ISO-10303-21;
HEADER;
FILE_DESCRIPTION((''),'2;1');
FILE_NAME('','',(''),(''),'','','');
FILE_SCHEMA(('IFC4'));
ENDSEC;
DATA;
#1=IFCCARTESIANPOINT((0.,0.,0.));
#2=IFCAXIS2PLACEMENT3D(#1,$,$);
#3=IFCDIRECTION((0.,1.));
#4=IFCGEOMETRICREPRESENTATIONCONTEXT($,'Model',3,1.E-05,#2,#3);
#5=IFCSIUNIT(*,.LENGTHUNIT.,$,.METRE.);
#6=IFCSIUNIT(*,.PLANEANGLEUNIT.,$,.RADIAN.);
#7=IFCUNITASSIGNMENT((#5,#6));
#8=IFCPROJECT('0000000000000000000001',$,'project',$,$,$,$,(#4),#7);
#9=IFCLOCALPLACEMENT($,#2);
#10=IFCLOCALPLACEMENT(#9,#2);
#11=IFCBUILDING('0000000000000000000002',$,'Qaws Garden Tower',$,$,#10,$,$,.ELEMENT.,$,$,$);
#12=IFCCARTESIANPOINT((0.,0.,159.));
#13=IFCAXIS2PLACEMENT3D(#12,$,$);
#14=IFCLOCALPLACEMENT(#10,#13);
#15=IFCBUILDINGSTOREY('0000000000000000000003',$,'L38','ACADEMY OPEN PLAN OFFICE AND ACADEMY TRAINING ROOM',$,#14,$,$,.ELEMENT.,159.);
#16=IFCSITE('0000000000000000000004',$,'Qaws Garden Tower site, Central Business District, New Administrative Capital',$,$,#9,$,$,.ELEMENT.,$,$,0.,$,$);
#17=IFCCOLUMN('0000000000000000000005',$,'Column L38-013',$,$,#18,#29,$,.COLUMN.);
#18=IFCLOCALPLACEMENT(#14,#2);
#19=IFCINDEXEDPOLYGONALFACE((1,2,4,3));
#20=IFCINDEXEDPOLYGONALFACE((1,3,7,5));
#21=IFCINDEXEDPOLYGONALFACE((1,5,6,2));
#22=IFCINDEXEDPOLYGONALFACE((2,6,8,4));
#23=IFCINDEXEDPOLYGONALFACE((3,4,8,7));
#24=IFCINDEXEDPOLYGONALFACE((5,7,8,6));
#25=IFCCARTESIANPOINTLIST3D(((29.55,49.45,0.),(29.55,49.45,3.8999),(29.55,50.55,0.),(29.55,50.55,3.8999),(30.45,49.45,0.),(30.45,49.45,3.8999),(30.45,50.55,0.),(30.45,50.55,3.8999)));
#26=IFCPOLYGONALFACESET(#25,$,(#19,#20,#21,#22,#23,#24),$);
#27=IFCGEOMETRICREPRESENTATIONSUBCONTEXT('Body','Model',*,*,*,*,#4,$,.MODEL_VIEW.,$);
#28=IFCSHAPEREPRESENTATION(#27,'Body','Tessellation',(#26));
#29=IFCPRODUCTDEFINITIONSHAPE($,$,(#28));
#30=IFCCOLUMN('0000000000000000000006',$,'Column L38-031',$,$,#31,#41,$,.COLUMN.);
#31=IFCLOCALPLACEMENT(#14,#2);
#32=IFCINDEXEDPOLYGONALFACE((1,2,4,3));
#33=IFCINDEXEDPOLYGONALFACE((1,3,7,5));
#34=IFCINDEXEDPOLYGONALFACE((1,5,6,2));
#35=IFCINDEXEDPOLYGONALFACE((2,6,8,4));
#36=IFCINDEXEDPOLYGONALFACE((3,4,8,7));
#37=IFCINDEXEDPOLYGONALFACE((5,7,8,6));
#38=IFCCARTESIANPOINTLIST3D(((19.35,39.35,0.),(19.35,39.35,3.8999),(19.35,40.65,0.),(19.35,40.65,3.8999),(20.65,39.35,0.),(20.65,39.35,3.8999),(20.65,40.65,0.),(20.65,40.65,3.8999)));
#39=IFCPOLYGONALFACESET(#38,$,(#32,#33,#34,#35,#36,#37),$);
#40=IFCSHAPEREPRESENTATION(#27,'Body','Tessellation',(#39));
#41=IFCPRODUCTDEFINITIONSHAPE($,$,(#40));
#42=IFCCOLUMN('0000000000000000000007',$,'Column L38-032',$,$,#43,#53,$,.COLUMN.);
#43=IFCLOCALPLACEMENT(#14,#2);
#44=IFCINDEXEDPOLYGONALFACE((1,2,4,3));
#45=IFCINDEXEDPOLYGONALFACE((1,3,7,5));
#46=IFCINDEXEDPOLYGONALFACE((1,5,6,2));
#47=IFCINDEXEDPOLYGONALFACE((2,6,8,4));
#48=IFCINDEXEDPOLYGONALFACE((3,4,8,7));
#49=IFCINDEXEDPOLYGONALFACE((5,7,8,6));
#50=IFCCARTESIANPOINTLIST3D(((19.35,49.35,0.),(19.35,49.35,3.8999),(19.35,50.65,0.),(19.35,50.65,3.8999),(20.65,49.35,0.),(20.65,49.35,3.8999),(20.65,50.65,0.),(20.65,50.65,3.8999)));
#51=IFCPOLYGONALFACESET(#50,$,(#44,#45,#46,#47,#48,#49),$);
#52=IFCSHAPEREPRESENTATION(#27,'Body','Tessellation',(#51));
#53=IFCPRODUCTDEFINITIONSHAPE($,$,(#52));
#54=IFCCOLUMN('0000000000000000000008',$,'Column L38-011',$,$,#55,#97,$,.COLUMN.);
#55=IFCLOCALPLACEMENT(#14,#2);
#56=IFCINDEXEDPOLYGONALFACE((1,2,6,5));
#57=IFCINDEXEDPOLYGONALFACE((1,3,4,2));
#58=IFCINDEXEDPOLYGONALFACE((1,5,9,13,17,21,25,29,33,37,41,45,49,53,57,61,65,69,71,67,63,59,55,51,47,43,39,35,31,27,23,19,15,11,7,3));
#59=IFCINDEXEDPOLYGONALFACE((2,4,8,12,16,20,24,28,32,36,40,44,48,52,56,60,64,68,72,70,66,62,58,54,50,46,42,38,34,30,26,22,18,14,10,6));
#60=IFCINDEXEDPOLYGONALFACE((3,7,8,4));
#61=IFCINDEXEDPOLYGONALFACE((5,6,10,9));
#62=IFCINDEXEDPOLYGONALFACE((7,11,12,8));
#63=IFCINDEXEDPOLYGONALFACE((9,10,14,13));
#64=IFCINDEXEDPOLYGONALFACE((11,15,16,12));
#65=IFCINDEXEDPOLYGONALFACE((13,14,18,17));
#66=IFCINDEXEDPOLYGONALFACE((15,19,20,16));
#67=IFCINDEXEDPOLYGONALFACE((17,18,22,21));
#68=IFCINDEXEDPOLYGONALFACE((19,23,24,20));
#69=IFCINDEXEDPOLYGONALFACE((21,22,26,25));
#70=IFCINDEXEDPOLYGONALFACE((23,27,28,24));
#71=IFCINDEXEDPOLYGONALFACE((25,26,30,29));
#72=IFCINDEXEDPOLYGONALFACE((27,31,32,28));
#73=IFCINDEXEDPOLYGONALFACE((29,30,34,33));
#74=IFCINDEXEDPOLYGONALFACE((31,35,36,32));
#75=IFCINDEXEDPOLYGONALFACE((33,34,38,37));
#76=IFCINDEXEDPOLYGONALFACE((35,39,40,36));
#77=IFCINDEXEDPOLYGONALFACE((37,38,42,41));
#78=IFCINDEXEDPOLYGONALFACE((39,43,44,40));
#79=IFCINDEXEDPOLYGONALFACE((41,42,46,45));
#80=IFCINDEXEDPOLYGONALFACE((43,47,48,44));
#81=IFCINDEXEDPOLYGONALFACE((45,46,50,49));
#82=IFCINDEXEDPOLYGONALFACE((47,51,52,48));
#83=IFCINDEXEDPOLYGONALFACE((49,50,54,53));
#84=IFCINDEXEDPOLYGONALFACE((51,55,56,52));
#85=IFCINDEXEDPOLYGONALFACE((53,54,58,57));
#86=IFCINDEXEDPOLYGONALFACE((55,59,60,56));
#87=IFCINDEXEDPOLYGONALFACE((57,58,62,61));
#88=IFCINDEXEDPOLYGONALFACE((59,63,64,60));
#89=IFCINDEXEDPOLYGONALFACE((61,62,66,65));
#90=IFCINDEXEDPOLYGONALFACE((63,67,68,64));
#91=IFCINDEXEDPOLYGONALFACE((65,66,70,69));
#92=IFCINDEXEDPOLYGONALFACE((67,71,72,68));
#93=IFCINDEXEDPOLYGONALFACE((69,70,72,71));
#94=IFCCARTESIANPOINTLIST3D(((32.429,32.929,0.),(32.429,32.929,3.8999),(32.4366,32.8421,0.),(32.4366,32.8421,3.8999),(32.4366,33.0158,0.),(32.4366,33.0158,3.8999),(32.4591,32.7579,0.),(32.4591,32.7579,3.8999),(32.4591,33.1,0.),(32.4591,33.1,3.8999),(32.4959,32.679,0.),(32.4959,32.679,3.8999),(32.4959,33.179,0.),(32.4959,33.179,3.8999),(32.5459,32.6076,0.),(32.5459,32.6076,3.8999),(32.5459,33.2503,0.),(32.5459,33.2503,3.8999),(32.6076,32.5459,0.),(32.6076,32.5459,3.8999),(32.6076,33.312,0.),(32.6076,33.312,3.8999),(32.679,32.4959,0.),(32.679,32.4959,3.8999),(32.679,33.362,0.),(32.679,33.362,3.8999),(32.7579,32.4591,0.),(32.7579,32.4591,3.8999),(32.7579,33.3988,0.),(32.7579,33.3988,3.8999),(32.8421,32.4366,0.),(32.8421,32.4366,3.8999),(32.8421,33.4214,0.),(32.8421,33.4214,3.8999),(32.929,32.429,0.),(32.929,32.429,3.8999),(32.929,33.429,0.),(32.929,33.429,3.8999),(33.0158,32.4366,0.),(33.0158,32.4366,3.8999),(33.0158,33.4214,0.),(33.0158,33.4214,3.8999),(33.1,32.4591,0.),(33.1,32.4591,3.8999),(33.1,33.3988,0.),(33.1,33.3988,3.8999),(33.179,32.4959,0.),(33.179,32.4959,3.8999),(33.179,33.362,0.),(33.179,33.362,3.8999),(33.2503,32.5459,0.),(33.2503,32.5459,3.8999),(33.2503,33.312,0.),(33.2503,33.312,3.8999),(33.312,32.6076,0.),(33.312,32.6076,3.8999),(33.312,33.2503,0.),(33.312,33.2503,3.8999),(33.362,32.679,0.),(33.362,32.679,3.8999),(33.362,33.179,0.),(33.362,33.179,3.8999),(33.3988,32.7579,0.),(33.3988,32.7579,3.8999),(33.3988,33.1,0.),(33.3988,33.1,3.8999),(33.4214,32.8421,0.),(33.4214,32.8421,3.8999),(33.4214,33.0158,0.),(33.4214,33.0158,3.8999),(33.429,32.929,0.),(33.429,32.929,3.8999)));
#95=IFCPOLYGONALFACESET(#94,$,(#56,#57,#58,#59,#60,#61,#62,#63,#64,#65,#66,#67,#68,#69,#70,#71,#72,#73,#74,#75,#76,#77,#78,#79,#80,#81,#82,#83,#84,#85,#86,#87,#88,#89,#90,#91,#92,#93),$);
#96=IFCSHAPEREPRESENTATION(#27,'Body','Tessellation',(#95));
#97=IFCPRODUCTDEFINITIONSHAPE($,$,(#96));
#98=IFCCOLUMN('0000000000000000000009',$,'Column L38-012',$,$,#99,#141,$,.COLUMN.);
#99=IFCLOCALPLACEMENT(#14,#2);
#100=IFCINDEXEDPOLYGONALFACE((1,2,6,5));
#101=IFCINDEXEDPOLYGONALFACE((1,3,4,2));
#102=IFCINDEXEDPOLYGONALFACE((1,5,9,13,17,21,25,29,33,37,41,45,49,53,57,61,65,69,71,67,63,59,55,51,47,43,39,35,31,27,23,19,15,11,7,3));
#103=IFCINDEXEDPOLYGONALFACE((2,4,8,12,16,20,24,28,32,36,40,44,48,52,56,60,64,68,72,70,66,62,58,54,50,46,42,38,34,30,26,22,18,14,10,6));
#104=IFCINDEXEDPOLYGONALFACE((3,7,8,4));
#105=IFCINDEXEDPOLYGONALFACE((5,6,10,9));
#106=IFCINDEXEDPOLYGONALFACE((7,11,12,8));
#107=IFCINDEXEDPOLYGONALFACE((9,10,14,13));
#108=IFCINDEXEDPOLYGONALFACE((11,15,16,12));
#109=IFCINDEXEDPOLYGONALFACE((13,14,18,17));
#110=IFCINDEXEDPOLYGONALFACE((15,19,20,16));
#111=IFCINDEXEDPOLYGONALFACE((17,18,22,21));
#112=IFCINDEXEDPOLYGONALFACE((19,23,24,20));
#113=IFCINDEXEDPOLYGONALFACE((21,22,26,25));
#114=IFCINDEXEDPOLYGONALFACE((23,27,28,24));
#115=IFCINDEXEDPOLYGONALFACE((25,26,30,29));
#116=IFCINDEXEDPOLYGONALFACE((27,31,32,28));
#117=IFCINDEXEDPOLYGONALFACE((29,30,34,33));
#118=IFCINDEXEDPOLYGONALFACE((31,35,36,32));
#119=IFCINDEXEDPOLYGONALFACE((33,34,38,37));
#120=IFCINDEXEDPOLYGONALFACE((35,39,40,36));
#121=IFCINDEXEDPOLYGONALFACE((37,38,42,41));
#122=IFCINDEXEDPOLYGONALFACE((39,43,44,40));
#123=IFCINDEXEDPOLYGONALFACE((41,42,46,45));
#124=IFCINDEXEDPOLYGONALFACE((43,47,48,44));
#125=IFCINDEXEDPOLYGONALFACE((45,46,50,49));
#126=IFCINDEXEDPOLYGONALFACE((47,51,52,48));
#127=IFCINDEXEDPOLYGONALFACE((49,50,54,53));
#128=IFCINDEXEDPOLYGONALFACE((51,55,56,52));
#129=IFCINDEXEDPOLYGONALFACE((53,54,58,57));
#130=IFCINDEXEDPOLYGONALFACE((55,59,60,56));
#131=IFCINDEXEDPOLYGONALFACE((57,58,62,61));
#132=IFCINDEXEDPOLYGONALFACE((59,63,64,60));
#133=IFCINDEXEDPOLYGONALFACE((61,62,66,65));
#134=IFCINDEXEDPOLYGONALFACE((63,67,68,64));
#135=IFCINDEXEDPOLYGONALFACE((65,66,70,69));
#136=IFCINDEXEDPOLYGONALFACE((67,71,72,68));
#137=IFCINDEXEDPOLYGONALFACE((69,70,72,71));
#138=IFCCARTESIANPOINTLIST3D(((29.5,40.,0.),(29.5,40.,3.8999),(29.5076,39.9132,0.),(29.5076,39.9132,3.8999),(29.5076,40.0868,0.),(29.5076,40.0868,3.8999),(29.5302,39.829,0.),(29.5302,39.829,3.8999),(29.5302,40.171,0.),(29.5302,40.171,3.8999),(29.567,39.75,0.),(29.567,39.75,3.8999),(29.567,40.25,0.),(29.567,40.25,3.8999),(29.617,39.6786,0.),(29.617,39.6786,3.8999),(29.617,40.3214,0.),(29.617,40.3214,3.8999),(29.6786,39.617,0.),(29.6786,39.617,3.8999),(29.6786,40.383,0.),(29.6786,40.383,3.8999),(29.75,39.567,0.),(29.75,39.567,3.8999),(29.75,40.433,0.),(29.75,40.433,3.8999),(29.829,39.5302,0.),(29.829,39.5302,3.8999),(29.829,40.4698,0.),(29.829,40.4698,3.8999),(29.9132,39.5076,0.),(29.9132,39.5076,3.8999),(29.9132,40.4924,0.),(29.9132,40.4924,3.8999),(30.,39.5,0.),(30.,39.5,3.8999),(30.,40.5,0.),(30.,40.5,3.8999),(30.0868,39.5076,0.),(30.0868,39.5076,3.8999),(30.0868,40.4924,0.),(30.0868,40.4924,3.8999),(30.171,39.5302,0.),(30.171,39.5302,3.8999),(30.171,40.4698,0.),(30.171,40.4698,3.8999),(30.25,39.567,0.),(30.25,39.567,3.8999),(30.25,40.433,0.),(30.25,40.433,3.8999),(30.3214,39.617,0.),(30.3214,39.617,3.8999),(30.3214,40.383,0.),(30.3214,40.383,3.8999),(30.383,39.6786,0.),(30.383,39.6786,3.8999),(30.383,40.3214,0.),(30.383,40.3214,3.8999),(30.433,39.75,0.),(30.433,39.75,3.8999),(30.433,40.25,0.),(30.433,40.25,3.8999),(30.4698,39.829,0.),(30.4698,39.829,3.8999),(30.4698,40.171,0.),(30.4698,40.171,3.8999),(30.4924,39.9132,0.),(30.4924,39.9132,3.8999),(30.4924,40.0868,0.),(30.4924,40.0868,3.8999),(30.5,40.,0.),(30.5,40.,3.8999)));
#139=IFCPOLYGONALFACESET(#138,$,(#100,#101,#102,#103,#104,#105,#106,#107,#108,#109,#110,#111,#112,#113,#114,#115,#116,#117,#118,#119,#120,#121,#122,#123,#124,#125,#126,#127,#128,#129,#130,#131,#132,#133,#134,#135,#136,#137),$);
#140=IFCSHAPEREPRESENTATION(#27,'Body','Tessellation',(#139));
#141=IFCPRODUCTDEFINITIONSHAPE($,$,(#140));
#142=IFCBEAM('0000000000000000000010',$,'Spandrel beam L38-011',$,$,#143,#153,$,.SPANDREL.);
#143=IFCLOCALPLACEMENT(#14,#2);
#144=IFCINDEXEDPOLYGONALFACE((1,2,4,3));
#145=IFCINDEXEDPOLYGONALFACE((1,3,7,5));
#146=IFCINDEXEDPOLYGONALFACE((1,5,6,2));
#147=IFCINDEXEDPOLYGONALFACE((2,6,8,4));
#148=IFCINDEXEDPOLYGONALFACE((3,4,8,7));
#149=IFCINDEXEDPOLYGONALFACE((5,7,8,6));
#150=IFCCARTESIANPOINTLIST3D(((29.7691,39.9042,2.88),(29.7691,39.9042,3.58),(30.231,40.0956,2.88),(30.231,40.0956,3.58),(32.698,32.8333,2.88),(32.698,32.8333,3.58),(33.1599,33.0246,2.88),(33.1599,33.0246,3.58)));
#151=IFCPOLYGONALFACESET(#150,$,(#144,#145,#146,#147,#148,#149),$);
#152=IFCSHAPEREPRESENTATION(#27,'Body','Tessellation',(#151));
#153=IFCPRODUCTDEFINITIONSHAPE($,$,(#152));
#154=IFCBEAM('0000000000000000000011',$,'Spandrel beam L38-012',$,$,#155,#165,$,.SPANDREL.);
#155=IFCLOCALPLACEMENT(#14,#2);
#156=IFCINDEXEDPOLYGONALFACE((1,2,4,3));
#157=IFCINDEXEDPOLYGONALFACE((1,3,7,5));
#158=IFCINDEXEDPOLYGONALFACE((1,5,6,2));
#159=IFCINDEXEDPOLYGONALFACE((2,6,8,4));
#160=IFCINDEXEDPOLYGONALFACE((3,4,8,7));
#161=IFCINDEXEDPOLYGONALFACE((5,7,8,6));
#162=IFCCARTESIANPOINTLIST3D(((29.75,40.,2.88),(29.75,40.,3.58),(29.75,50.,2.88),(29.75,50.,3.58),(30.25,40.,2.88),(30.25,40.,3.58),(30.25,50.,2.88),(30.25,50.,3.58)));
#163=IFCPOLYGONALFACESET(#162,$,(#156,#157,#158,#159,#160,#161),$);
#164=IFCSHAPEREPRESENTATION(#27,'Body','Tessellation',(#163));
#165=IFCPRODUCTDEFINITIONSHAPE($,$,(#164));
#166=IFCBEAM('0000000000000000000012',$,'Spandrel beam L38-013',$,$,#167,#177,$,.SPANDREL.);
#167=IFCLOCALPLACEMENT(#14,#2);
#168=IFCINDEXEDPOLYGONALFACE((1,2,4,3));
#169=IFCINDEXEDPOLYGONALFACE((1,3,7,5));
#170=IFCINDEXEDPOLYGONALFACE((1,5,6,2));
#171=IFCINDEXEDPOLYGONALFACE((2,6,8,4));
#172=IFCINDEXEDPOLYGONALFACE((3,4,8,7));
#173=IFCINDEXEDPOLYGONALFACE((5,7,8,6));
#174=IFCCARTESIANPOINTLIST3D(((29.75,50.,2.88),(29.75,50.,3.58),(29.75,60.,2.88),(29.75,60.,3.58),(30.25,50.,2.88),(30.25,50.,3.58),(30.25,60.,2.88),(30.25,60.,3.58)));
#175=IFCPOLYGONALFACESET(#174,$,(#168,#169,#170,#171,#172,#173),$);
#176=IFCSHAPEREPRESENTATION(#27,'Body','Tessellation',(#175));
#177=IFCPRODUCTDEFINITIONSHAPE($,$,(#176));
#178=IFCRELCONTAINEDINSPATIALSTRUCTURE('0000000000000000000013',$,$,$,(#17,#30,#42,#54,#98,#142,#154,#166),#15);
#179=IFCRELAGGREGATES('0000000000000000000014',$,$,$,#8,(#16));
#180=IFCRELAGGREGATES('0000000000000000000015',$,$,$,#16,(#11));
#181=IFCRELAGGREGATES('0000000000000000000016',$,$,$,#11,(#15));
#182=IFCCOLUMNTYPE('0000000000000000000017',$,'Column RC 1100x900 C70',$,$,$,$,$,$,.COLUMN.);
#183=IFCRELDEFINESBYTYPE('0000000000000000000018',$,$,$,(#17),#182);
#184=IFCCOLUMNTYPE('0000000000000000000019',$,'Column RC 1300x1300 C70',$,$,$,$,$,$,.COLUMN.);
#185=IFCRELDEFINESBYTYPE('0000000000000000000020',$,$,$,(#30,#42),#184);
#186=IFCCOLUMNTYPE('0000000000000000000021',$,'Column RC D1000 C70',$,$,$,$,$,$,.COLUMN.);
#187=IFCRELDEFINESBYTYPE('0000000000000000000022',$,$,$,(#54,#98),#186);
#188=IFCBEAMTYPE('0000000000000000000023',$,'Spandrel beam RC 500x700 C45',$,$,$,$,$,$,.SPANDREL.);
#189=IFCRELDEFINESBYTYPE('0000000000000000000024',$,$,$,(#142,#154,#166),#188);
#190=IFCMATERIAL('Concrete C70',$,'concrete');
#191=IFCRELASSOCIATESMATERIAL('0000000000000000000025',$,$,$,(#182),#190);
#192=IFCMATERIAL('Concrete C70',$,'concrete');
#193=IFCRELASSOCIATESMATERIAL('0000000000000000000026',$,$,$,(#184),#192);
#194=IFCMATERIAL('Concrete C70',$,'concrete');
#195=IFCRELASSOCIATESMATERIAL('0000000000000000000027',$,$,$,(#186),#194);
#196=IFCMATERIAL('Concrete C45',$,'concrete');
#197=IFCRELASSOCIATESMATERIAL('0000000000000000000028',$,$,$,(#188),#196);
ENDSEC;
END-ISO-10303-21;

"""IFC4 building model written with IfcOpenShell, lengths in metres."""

from ifc_helpers import new_model, si_unit, direction, frame, origin, origin_2d, place, context, subcontext, project, spatial, rectangle, circle, extrude, material, material_profile, profile_set, type_object, element, save


model = new_model("IFC4")

# Units and contexts
model_context = context("Model", 3, precision=1e-05, world=origin(), true_north=direction((0.0, 1.0)))
body_context = subcontext(model_context, "Body", "Model", "MODEL_VIEW")
ifc_project = project(units=[si_unit("LENGTHUNIT", "METRE"), si_unit("PLANEANGLEUNIT", "RADIAN")], contexts=[model_context])

# Site, building, storey
site_placement = place(None, origin())
site = spatial("IfcSite", under=ifc_project, at=site_placement, Name="Qaws Garden Tower site, Central Business District, New Administrative Capital", CompositionType="ELEMENT", RefElevation=0.0)
building_placement = place(site_placement, origin())
building = spatial("IfcBuilding", under=site, at=building_placement, Name="Qaws Garden Tower", CompositionType="ELEMENT")
storey_placement = place(building_placement, frame((0.0, 0.0, 159.0)))
storey = spatial("IfcBuildingStorey", under=building, at=storey_placement, Name="L38", Description="ACADEMY OPEN PLAN OFFICE AND ACADEMY TRAINING ROOM", CompositionType="ELEMENT", Elevation=159.0)

# Columns
ifc_material_1 = material(Name="Concrete C70", Category="concrete")
ifc_material_profile_1 = material_profile(ifc_material_1, rectangle(XDim=1.1001, YDim=0.8999, at=origin_2d()), Name="RC 1100x900")
ifc_profile_set_1 = profile_set([ifc_material_profile_1], Name="Concrete C70")
column_type_1 = type_object("IfcColumnType", Name="Column RC 1100x900 C70", PredefinedType="COLUMN", material=ifc_profile_set_1)
column_placement = place(storey_placement, frame((30.0, 50.0, 0.0), z_axis=(0.0, 0.0, 1.0), x_axis=(0.0, 1.0, 0.0)))
element("IfcColumn", 1, at=column_placement, inside=storey, type_object=column_type_1, Name="Column L38-013", PredefinedType="COLUMN", context=body_context, shape_type="SweptSolid", body=[
    extrude(rectangle(XDim=1.1001, YDim=0.8999, at=origin_2d()), origin(), (0.0, 0.0, 1.0), 3.8999),
])
ifc_material_2 = material(Name="Concrete C70", Category="concrete")
ifc_material_profile_2 = material_profile(ifc_material_2, rectangle(XDim=1.3, YDim=1.3, at=origin_2d()), Name="RC 1300x1300")
ifc_profile_set_2 = profile_set([ifc_material_profile_2], Name="Concrete C70")
column_type_2 = type_object("IfcColumnType", Name="Column RC 1300x1300 C70", PredefinedType="COLUMN", material=ifc_profile_set_2)
for number, where, z_axis, x_axis, name in (
    (2, (20.0, 40.0, 0.0), (0.0, 0.0, 1.0), (1.0, 0.0, 0.0), "Column L38-031"),
    (3, (20.0, 50.0, 0.0), (0.0, 0.0, 1.0), (1.0, 0.0, 0.0), "Column L38-032"),
):
    element("IfcColumn", number, at=place(storey_placement, frame(where, z_axis=z_axis, x_axis=x_axis)), inside=storey, type_object=column_type_2, Name=name, PredefinedType="COLUMN", context=body_context, shape_type="SweptSolid", body=[
        extrude(rectangle(XDim=1.3, YDim=1.3, at=origin_2d()), origin(), (0.0, 0.0, 1.0), 3.8999),
    ])
ifc_material_3 = material(Name="Concrete C70", Category="concrete")
ifc_material_profile_3 = material_profile(ifc_material_3, circle(Radius=0.5, at=origin_2d()), Name="RC D1000")
ifc_profile_set_3 = profile_set([ifc_material_profile_3], Name="Concrete C70")
column_type_3 = type_object("IfcColumnType", Name="Column RC D1000 C70", PredefinedType="COLUMN", material=ifc_profile_set_3)
for number, where, z_axis, x_axis, name in (
    (4, (32.929, 32.929, 0.0), (0.0, 0.0, 1.0), (1.0, 0.0, 0.0), "Column L38-011"),
    (5, (30.0, 40.0, 0.0), (0.0, 0.0, 1.0), (1.0, 0.0, 0.0), "Column L38-012"),
):
    element("IfcColumn", number, at=place(storey_placement, frame(where, z_axis=z_axis, x_axis=x_axis)), inside=storey, type_object=column_type_3, Name=name, PredefinedType="COLUMN", context=body_context, shape_type="SweptSolid", body=[
        extrude(circle(Radius=0.5, at=origin_2d()), origin(), (0.0, 0.0, 1.0), 3.8999),
    ])

# Beams
ifc_material_4 = material(Name="Concrete C45", Category="concrete")
ifc_material_profile_4 = material_profile(ifc_material_4, rectangle(XDim=0.5, YDim=0.7, at=origin_2d()), Name="RC 500x700")
ifc_profile_set_4 = profile_set([ifc_material_profile_4], Name="Concrete C45")
beam_type = type_object("IfcBeamType", Name="Spandrel beam RC 500x700 C45", PredefinedType="SPANDREL", material=ifc_profile_set_4)
beam_placement = place(storey_placement, frame((32.929, 32.929, 3.23), z_axis=(-0.382687, 0.923878, 0.0), x_axis=(-0.923878, -0.382687, 0.0)))
element("IfcBeam", 6, at=beam_placement, inside=storey, type_object=beam_type, Name="Spandrel beam L38-011", PredefinedType="SPANDREL", context=body_context, shape_type="SweptSolid", body=[
    extrude(rectangle(XDim=0.5, YDim=0.7, at=origin_2d()), origin(), (0.0, 0.0, 1.0), 7.6536),
])
for number, where, z_axis, x_axis, name in (
    (7, (30.0, 40.0, 3.23), (0.0, 1.0, 0.0), (-1.0, 0.0, 0.0), "Spandrel beam L38-012"),
    (8, (30.0, 50.0, 3.23), (0.0, 1.0, 0.0), (-1.0, 0.0, 0.0), "Spandrel beam L38-013"),
):
    element("IfcBeam", number, at=place(storey_placement, frame(where, z_axis=z_axis, x_axis=x_axis)), inside=storey, type_object=beam_type, Name=name, PredefinedType="SPANDREL", context=body_context, shape_type="SweptSolid", body=[
        extrude(rectangle(XDim=0.5, YDim=0.7, at=origin_2d()), origin(), (0.0, 0.0, 1.0), 10.0),
    ])

save(model, "model.ifc")
